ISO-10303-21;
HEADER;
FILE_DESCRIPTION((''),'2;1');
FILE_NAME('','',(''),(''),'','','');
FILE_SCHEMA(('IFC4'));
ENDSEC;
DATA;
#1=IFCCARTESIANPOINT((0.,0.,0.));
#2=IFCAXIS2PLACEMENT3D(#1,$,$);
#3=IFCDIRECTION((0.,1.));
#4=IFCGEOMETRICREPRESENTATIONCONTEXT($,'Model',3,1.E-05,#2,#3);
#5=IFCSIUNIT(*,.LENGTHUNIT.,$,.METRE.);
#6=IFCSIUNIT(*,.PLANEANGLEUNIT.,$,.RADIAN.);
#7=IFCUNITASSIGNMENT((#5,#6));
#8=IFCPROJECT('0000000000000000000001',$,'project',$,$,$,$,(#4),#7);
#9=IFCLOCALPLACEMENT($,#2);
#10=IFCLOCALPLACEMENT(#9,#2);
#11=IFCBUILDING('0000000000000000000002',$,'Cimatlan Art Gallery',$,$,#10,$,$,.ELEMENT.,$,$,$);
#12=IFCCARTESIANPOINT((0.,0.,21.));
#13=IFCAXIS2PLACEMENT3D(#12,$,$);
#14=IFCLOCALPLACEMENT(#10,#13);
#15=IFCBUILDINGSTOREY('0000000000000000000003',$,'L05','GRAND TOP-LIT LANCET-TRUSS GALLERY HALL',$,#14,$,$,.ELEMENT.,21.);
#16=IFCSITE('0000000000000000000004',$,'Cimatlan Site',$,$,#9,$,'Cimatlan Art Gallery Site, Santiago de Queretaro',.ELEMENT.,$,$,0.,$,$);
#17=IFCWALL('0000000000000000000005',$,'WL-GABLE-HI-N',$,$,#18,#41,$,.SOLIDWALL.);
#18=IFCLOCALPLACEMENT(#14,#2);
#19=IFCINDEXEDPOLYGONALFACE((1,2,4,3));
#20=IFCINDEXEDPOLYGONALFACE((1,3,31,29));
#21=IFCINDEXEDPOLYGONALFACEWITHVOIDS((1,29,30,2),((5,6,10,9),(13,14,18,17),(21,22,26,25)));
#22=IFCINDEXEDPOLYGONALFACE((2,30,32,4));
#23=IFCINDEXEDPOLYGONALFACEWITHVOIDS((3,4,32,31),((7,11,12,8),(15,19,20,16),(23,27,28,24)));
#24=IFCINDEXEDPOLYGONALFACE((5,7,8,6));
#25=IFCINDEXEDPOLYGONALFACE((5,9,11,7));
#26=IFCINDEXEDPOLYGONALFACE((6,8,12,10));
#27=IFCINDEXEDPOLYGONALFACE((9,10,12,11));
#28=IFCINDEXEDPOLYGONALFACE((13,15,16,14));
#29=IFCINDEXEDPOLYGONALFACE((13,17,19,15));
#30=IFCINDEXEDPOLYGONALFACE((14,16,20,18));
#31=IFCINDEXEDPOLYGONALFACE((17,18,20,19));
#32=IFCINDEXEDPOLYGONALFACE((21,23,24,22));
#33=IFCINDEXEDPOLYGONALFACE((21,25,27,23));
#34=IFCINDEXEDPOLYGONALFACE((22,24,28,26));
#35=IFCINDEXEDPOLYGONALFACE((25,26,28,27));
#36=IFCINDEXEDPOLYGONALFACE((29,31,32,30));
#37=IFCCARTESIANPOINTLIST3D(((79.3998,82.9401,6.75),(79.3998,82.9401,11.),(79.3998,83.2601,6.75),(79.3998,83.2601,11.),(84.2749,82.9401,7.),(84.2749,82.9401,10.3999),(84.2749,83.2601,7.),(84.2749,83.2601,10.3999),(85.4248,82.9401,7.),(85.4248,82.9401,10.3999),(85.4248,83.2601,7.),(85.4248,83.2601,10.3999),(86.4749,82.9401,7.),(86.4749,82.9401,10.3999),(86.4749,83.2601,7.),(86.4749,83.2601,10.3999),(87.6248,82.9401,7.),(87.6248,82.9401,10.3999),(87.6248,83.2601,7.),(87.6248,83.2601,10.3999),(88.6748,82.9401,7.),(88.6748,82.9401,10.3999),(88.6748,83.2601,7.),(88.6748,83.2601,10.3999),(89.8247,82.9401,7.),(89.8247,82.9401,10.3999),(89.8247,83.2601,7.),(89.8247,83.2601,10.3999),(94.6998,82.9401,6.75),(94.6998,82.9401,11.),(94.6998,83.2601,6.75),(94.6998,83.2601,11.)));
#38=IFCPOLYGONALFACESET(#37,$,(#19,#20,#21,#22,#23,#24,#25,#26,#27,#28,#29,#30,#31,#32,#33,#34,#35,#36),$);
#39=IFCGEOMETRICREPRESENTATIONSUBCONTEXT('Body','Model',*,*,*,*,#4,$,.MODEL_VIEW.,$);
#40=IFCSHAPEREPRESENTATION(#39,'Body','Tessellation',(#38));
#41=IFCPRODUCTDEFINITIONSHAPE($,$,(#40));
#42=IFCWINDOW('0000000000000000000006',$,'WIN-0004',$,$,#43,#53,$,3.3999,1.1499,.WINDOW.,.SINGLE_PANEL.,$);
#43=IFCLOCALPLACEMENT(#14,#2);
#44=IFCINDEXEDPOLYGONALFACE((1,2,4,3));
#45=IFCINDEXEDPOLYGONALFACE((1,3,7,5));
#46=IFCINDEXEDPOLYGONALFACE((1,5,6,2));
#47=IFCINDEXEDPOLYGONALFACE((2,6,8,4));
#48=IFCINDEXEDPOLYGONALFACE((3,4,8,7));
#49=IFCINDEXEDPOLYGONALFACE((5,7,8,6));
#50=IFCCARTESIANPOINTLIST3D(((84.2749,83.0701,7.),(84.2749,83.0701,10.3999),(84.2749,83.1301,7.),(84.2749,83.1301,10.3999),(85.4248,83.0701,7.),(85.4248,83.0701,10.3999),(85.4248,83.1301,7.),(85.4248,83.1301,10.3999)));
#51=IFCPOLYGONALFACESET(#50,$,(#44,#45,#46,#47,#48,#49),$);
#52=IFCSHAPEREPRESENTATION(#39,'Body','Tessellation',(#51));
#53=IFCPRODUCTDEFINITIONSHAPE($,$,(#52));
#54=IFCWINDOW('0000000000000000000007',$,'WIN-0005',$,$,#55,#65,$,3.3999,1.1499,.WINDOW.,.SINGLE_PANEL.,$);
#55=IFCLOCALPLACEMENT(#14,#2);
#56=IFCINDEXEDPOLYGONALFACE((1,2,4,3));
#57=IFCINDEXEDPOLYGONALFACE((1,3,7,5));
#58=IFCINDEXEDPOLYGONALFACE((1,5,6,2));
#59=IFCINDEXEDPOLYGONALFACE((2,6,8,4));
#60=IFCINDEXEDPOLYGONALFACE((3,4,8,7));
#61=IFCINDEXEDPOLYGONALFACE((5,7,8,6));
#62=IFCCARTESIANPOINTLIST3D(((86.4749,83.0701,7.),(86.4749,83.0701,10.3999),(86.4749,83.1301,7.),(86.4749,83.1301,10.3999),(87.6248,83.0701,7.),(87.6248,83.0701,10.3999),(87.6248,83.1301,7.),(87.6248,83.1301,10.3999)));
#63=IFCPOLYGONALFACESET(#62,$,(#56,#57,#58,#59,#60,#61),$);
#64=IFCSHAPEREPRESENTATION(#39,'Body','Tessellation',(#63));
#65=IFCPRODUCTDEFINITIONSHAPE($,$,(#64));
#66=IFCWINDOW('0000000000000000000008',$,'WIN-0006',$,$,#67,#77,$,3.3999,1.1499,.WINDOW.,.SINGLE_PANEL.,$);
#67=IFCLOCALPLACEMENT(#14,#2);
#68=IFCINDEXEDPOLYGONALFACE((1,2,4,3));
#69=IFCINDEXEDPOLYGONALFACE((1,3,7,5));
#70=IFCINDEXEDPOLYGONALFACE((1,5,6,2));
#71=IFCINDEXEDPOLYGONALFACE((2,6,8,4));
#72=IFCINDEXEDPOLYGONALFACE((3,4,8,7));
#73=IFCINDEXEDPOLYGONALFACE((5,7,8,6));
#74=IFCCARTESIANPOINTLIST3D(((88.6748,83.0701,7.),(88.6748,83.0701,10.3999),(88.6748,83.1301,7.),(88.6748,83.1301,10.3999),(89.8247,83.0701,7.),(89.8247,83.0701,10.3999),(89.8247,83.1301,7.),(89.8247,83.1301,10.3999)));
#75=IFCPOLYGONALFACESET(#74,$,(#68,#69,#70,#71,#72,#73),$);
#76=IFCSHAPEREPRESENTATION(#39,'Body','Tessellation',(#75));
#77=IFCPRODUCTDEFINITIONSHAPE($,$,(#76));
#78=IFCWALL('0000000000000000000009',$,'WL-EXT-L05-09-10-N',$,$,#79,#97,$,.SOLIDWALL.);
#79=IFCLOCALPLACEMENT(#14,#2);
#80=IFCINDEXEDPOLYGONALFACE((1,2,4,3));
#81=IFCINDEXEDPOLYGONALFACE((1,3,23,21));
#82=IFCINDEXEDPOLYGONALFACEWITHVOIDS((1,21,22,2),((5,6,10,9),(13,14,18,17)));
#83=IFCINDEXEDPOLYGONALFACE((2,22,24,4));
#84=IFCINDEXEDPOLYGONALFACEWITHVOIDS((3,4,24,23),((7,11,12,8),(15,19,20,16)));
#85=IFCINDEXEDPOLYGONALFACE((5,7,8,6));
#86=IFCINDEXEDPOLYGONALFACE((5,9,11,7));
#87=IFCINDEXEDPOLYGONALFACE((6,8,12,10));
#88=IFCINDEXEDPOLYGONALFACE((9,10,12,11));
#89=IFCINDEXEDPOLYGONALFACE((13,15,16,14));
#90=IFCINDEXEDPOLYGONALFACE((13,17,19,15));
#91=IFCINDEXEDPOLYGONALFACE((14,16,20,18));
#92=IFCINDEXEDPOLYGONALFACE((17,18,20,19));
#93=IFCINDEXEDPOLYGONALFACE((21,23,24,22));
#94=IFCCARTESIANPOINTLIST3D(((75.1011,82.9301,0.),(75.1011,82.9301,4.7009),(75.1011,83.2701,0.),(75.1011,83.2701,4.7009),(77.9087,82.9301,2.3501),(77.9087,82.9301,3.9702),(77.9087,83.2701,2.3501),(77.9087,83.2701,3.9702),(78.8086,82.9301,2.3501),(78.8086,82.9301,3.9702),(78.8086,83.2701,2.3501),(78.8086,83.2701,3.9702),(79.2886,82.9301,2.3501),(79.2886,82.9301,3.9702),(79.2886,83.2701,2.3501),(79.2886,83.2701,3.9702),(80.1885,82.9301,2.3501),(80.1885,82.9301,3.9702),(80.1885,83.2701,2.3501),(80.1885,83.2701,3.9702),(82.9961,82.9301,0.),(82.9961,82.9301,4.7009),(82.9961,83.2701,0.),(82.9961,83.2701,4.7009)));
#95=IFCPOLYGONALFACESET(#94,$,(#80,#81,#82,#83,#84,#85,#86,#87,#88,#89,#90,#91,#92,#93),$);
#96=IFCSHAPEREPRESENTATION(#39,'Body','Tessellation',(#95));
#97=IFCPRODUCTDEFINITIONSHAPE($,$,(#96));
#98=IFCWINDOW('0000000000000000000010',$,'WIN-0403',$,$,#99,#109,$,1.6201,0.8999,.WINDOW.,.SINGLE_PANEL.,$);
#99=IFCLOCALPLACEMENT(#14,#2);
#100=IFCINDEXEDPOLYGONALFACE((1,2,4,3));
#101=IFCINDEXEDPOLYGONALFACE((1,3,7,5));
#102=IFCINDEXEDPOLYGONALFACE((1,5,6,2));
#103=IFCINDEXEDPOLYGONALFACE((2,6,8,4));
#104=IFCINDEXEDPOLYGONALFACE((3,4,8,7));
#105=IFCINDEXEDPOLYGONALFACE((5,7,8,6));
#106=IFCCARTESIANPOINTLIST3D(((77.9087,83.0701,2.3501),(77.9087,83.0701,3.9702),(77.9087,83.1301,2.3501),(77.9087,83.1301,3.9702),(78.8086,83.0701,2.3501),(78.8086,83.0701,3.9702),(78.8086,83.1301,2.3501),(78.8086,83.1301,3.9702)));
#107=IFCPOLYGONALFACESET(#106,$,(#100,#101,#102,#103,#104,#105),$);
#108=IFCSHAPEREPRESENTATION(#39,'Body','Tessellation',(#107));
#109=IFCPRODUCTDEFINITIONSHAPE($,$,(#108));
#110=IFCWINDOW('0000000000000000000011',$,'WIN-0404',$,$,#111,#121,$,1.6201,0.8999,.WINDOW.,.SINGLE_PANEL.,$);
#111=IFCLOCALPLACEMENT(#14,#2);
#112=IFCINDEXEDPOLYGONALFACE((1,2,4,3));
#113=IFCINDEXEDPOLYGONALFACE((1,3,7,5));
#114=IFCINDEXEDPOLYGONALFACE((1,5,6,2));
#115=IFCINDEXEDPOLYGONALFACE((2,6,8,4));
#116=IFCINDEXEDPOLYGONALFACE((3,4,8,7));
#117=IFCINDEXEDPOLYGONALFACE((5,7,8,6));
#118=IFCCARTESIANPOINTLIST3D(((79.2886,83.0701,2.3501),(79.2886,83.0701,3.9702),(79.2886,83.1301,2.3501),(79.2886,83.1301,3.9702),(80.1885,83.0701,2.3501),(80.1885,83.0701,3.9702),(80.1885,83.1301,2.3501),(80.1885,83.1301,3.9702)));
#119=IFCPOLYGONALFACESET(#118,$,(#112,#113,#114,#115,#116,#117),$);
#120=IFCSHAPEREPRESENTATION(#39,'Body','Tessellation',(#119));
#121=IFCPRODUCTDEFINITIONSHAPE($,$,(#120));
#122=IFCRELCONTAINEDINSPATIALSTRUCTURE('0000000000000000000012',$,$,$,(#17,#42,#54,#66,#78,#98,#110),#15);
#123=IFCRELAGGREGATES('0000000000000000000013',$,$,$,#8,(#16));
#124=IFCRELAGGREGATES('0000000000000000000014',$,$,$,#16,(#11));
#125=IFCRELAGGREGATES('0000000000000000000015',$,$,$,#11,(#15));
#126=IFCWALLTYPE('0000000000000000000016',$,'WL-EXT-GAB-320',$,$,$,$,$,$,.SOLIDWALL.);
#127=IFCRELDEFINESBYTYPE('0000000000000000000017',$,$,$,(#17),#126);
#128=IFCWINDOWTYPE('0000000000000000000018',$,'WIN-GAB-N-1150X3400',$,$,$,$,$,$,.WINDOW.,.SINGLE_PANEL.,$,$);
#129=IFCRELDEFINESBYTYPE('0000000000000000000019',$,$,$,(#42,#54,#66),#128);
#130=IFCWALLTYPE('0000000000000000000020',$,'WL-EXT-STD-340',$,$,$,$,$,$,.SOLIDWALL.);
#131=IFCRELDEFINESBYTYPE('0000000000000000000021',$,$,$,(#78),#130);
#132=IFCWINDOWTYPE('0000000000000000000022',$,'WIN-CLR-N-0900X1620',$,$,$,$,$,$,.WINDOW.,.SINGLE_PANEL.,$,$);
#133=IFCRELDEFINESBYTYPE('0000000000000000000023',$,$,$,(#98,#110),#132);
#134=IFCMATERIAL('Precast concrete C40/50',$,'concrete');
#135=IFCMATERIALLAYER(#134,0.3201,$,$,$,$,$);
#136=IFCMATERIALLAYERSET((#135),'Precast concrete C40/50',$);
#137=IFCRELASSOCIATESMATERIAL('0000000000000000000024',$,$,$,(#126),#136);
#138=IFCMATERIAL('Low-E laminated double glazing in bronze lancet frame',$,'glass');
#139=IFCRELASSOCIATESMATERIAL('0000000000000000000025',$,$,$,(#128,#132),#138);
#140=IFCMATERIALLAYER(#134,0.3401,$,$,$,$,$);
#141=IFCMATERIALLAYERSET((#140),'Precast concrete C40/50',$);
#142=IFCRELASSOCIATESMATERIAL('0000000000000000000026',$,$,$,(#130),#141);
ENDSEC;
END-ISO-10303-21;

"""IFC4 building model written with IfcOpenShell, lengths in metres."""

from ifc_helpers import new_model, si_unit, direction, frame, frame_2d, origin, place, context, subcontext, project, spatial, rectangle, extrude, material, layer, layer_set, type_object, element, fill, save


model = new_model("IFC4")

# Units and contexts
model_context = context("Model", 3, precision=1e-05, world=origin(), true_north=direction((0.0, 1.0)))
body_context = subcontext(model_context, "Body", "Model", "MODEL_VIEW")
ifc_project = project(units=[si_unit("LENGTHUNIT", "METRE"), si_unit("PLANEANGLEUNIT", "RADIAN")], contexts=[model_context])

# Site, building, storey
site_placement = place(None, origin())
site = spatial("IfcSite", under=ifc_project, at=site_placement, Name="Cimatlan Site", LongName="Cimatlan Art Gallery Site, Santiago de Queretaro", CompositionType="ELEMENT", RefElevation=0.0)
building_placement = place(site_placement, origin())
building = spatial("IfcBuilding", under=site, at=building_placement, Name="Cimatlan Art Gallery", CompositionType="ELEMENT")
storey_placement = place(building_placement, frame((0.0, 0.0, 21.0)))
storey = spatial("IfcBuildingStorey", under=building, at=storey_placement, Name="L05", Description="GRAND TOP-LIT LANCET-TRUSS GALLERY HALL", CompositionType="ELEMENT", Elevation=21.0)

# Shared definitions
ifc_material_1 = material(Name="Precast concrete C40/50", Category="concrete")

# Shared definitions
ifc_layer_1 = layer(ifc_material_1, 0.3201)
ifc_layer_set_1 = layer_set([ifc_layer_1], Name="Precast concrete C40/50")
wall_type_1 = type_object("IfcWallType", Name="WL-EXT-GAB-320", PredefinedType="SOLIDWALL", material=ifc_layer_set_1)

# Walls, openings, windows
wall_1_placement = place(storey_placement, frame((79.3999, 83.1001, 6.75), z_axis=(0.0, 0.0, 1.0), x_axis=(1.0, 0.0, 0.0)))
wall_1 = element("IfcWall", 1, at=wall_1_placement, inside=storey, type_object=wall_type_1, Name="WL-GABLE-HI-N", PredefinedType="SOLIDWALL", context=body_context, shape_type="SweptSolid", body=[
    extrude(rectangle(XDim=15.3, YDim=0.3201, at=frame_2d((7.6499, 0.0))), origin(), (0.0, 0.0, 1.0), 4.25),
])
opening_1_placement = place(wall_1_placement, frame((4.875, 0.0, 0.25)))
opening_1 = element("IfcOpeningElement", 2, at=opening_1_placement, cuts=wall_1, PredefinedType="OPENING", context=body_context, shape_type="SweptSolid", body=[
    extrude(rectangle(XDim=1.1499, YDim=3.3999, at=frame_2d((0.575, 1.7))), frame((0.0, 0.1699, 0.0), z_axis=(0.0, -1.0, 0.0), x_axis=(1.0, 0.0, 0.0)), (0.0, 0.0, 1.0), 0.3401),
])
opening_2_placement = place(wall_1_placement, frame((7.075, 0.0, 0.25)))
opening_2 = element("IfcOpeningElement", 3, at=opening_2_placement, cuts=wall_1, PredefinedType="OPENING", context=body_context, shape_type="SweptSolid", body=[
    extrude(rectangle(XDim=1.1499, YDim=3.3999, at=frame_2d((0.575, 1.7))), frame((0.0, 0.1699, 0.0), z_axis=(0.0, -1.0, 0.0), x_axis=(1.0, 0.0, 0.0)), (0.0, 0.0, 1.0), 0.3401),
])
opening_3_placement = place(wall_1_placement, frame((9.2749, 0.0, 0.25)))
opening_3 = element("IfcOpeningElement", 4, at=opening_3_placement, cuts=wall_1, PredefinedType="OPENING", context=body_context, shape_type="SweptSolid", body=[
    extrude(rectangle(XDim=1.1499, YDim=3.3999, at=frame_2d((0.575, 1.7))), frame((0.0, 0.1699, 0.0), z_axis=(0.0, -1.0, 0.0), x_axis=(1.0, 0.0, 0.0)), (0.0, 0.0, 1.0), 0.3401),
])
ifc_material_2 = material(Name="Low-E laminated double glazing in bronze lancet frame", Category="glass")
window_type_1 = type_object("IfcWindowType", Name="WIN-GAB-N-1150X3400", PartitioningType="SINGLE_PANEL", PredefinedType="WINDOW", material=ifc_material_2)
window_1_placement = place(opening_1_placement, origin())
window_1 = element("IfcWindow", 5, at=window_1_placement, inside=storey, type_object=window_type_1, Name="WIN-0004", OverallHeight=3.3999, OverallWidth=1.1499, PartitioningType="SINGLE_PANEL", PredefinedType="WINDOW", context=body_context, shape_type="SweptSolid", body=[
    extrude(rectangle(XDim=1.1499, YDim=3.3999, at=frame_2d((0.575, 1.7))), frame((0.0, 0.03, 0.0), z_axis=(0.0, -1.0, 0.0), x_axis=(1.0, 0.0, 0.0)), (0.0, 0.0, 1.0), 0.0601),
])
fill(opening_1, window_1)
window_2_placement = place(opening_2_placement, origin())
window_2 = element("IfcWindow", 6, at=window_2_placement, inside=storey, type_object=window_type_1, Name="WIN-0005", OverallHeight=3.3999, OverallWidth=1.1499, PartitioningType="SINGLE_PANEL", PredefinedType="WINDOW", context=body_context, shape_type="SweptSolid", body=[
    extrude(rectangle(XDim=1.1499, YDim=3.3999, at=frame_2d((0.575, 1.7))), frame((0.0, 0.03, 0.0), z_axis=(0.0, -1.0, 0.0), x_axis=(1.0, 0.0, 0.0)), (0.0, 0.0, 1.0), 0.0601),
])
fill(opening_2, window_2)
window_3_placement = place(opening_3_placement, origin())
window_3 = element("IfcWindow", 7, at=window_3_placement, inside=storey, type_object=window_type_1, Name="WIN-0006", OverallHeight=3.3999, OverallWidth=1.1499, PartitioningType="SINGLE_PANEL", PredefinedType="WINDOW", context=body_context, shape_type="SweptSolid", body=[
    extrude(rectangle(XDim=1.1499, YDim=3.3999, at=frame_2d((0.575, 1.7))), frame((0.0, 0.03, 0.0), z_axis=(0.0, -1.0, 0.0), x_axis=(1.0, 0.0, 0.0)), (0.0, 0.0, 1.0), 0.0601),
])
fill(opening_3, window_3)
ifc_layer_2 = layer(ifc_material_1, 0.3401)
ifc_layer_set_2 = layer_set([ifc_layer_2], Name="Precast concrete C40/50")
wall_type_2 = type_object("IfcWallType", Name="WL-EXT-STD-340", PredefinedType="SOLIDWALL", material=ifc_layer_set_2)
wall_2_placement = place(storey_placement, frame((75.1011, 83.1001, 0.0), z_axis=(0.0, 0.0, 1.0), x_axis=(1.0, 0.0, 0.0)))
wall_2 = element("IfcWall", 8, at=wall_2_placement, inside=storey, type_object=wall_type_2, Name="WL-EXT-L05-09-10-N", PredefinedType="SOLIDWALL", context=body_context, shape_type="SweptSolid", body=[
    extrude(rectangle(XDim=7.895, YDim=0.3401, at=frame_2d((3.9475, 0.0))), origin(), (0.0, 0.0, 1.0), 4.7009),
])
opening_4_placement = place(wall_2_placement, frame((2.8076, 0.0, 2.3501)))
opening_4 = element("IfcOpeningElement", 9, at=opening_4_placement, cuts=wall_2, PredefinedType="OPENING", context=body_context, shape_type="SweptSolid", body=[
    extrude(rectangle(XDim=0.8999, YDim=1.6201, at=frame_2d((0.45, 0.8101))), frame((0.0, 0.1802, 0.0), z_axis=(0.0, -1.0, 0.0), x_axis=(1.0, 0.0, 0.0)), (0.0, 0.0, 1.0), 0.3601),
])
opening_5_placement = place(wall_2_placement, frame((4.1875, 0.0, 2.3501)))
opening_5 = element("IfcOpeningElement", 10, at=opening_5_placement, cuts=wall_2, PredefinedType="OPENING", context=body_context, shape_type="SweptSolid", body=[
    extrude(rectangle(XDim=0.8999, YDim=1.6201, at=frame_2d((0.45, 0.8101))), frame((0.0, 0.1802, 0.0), z_axis=(0.0, -1.0, 0.0), x_axis=(1.0, 0.0, 0.0)), (0.0, 0.0, 1.0), 0.3601),
])
window_type_2 = type_object("IfcWindowType", Name="WIN-CLR-N-0900X1620", PartitioningType="SINGLE_PANEL", PredefinedType="WINDOW", material=ifc_material_2)
window_4_placement = place(opening_4_placement, origin())
window_4 = element("IfcWindow", 11, at=window_4_placement, inside=storey, type_object=window_type_2, Name="WIN-0403", OverallHeight=1.6201, OverallWidth=0.8999, PartitioningType="SINGLE_PANEL", PredefinedType="WINDOW", context=body_context, shape_type="SweptSolid", body=[
    extrude(rectangle(XDim=0.8999, YDim=1.6201, at=frame_2d((0.45, 0.8101))), frame((0.0, 0.03, 0.0), z_axis=(0.0, -1.0, 0.0), x_axis=(1.0, 0.0, 0.0)), (0.0, 0.0, 1.0), 0.0601),
])
fill(opening_4, window_4)
window_5_placement = place(opening_5_placement, origin())
window_5 = element("IfcWindow", 12, at=window_5_placement, inside=storey, type_object=window_type_2, Name="WIN-0404", OverallHeight=1.6201, OverallWidth=0.8999, PartitioningType="SINGLE_PANEL", PredefinedType="WINDOW", context=body_context, shape_type="SweptSolid", body=[
    extrude(rectangle(XDim=0.8999, YDim=1.6201, at=frame_2d((0.45, 0.8101))), frame((0.0, 0.03, 0.0), z_axis=(0.0, -1.0, 0.0), x_axis=(1.0, 0.0, 0.0)), (0.0, 0.0, 1.0), 0.0601),
])
fill(opening_5, window_5)

save(model, "model.ifc")
